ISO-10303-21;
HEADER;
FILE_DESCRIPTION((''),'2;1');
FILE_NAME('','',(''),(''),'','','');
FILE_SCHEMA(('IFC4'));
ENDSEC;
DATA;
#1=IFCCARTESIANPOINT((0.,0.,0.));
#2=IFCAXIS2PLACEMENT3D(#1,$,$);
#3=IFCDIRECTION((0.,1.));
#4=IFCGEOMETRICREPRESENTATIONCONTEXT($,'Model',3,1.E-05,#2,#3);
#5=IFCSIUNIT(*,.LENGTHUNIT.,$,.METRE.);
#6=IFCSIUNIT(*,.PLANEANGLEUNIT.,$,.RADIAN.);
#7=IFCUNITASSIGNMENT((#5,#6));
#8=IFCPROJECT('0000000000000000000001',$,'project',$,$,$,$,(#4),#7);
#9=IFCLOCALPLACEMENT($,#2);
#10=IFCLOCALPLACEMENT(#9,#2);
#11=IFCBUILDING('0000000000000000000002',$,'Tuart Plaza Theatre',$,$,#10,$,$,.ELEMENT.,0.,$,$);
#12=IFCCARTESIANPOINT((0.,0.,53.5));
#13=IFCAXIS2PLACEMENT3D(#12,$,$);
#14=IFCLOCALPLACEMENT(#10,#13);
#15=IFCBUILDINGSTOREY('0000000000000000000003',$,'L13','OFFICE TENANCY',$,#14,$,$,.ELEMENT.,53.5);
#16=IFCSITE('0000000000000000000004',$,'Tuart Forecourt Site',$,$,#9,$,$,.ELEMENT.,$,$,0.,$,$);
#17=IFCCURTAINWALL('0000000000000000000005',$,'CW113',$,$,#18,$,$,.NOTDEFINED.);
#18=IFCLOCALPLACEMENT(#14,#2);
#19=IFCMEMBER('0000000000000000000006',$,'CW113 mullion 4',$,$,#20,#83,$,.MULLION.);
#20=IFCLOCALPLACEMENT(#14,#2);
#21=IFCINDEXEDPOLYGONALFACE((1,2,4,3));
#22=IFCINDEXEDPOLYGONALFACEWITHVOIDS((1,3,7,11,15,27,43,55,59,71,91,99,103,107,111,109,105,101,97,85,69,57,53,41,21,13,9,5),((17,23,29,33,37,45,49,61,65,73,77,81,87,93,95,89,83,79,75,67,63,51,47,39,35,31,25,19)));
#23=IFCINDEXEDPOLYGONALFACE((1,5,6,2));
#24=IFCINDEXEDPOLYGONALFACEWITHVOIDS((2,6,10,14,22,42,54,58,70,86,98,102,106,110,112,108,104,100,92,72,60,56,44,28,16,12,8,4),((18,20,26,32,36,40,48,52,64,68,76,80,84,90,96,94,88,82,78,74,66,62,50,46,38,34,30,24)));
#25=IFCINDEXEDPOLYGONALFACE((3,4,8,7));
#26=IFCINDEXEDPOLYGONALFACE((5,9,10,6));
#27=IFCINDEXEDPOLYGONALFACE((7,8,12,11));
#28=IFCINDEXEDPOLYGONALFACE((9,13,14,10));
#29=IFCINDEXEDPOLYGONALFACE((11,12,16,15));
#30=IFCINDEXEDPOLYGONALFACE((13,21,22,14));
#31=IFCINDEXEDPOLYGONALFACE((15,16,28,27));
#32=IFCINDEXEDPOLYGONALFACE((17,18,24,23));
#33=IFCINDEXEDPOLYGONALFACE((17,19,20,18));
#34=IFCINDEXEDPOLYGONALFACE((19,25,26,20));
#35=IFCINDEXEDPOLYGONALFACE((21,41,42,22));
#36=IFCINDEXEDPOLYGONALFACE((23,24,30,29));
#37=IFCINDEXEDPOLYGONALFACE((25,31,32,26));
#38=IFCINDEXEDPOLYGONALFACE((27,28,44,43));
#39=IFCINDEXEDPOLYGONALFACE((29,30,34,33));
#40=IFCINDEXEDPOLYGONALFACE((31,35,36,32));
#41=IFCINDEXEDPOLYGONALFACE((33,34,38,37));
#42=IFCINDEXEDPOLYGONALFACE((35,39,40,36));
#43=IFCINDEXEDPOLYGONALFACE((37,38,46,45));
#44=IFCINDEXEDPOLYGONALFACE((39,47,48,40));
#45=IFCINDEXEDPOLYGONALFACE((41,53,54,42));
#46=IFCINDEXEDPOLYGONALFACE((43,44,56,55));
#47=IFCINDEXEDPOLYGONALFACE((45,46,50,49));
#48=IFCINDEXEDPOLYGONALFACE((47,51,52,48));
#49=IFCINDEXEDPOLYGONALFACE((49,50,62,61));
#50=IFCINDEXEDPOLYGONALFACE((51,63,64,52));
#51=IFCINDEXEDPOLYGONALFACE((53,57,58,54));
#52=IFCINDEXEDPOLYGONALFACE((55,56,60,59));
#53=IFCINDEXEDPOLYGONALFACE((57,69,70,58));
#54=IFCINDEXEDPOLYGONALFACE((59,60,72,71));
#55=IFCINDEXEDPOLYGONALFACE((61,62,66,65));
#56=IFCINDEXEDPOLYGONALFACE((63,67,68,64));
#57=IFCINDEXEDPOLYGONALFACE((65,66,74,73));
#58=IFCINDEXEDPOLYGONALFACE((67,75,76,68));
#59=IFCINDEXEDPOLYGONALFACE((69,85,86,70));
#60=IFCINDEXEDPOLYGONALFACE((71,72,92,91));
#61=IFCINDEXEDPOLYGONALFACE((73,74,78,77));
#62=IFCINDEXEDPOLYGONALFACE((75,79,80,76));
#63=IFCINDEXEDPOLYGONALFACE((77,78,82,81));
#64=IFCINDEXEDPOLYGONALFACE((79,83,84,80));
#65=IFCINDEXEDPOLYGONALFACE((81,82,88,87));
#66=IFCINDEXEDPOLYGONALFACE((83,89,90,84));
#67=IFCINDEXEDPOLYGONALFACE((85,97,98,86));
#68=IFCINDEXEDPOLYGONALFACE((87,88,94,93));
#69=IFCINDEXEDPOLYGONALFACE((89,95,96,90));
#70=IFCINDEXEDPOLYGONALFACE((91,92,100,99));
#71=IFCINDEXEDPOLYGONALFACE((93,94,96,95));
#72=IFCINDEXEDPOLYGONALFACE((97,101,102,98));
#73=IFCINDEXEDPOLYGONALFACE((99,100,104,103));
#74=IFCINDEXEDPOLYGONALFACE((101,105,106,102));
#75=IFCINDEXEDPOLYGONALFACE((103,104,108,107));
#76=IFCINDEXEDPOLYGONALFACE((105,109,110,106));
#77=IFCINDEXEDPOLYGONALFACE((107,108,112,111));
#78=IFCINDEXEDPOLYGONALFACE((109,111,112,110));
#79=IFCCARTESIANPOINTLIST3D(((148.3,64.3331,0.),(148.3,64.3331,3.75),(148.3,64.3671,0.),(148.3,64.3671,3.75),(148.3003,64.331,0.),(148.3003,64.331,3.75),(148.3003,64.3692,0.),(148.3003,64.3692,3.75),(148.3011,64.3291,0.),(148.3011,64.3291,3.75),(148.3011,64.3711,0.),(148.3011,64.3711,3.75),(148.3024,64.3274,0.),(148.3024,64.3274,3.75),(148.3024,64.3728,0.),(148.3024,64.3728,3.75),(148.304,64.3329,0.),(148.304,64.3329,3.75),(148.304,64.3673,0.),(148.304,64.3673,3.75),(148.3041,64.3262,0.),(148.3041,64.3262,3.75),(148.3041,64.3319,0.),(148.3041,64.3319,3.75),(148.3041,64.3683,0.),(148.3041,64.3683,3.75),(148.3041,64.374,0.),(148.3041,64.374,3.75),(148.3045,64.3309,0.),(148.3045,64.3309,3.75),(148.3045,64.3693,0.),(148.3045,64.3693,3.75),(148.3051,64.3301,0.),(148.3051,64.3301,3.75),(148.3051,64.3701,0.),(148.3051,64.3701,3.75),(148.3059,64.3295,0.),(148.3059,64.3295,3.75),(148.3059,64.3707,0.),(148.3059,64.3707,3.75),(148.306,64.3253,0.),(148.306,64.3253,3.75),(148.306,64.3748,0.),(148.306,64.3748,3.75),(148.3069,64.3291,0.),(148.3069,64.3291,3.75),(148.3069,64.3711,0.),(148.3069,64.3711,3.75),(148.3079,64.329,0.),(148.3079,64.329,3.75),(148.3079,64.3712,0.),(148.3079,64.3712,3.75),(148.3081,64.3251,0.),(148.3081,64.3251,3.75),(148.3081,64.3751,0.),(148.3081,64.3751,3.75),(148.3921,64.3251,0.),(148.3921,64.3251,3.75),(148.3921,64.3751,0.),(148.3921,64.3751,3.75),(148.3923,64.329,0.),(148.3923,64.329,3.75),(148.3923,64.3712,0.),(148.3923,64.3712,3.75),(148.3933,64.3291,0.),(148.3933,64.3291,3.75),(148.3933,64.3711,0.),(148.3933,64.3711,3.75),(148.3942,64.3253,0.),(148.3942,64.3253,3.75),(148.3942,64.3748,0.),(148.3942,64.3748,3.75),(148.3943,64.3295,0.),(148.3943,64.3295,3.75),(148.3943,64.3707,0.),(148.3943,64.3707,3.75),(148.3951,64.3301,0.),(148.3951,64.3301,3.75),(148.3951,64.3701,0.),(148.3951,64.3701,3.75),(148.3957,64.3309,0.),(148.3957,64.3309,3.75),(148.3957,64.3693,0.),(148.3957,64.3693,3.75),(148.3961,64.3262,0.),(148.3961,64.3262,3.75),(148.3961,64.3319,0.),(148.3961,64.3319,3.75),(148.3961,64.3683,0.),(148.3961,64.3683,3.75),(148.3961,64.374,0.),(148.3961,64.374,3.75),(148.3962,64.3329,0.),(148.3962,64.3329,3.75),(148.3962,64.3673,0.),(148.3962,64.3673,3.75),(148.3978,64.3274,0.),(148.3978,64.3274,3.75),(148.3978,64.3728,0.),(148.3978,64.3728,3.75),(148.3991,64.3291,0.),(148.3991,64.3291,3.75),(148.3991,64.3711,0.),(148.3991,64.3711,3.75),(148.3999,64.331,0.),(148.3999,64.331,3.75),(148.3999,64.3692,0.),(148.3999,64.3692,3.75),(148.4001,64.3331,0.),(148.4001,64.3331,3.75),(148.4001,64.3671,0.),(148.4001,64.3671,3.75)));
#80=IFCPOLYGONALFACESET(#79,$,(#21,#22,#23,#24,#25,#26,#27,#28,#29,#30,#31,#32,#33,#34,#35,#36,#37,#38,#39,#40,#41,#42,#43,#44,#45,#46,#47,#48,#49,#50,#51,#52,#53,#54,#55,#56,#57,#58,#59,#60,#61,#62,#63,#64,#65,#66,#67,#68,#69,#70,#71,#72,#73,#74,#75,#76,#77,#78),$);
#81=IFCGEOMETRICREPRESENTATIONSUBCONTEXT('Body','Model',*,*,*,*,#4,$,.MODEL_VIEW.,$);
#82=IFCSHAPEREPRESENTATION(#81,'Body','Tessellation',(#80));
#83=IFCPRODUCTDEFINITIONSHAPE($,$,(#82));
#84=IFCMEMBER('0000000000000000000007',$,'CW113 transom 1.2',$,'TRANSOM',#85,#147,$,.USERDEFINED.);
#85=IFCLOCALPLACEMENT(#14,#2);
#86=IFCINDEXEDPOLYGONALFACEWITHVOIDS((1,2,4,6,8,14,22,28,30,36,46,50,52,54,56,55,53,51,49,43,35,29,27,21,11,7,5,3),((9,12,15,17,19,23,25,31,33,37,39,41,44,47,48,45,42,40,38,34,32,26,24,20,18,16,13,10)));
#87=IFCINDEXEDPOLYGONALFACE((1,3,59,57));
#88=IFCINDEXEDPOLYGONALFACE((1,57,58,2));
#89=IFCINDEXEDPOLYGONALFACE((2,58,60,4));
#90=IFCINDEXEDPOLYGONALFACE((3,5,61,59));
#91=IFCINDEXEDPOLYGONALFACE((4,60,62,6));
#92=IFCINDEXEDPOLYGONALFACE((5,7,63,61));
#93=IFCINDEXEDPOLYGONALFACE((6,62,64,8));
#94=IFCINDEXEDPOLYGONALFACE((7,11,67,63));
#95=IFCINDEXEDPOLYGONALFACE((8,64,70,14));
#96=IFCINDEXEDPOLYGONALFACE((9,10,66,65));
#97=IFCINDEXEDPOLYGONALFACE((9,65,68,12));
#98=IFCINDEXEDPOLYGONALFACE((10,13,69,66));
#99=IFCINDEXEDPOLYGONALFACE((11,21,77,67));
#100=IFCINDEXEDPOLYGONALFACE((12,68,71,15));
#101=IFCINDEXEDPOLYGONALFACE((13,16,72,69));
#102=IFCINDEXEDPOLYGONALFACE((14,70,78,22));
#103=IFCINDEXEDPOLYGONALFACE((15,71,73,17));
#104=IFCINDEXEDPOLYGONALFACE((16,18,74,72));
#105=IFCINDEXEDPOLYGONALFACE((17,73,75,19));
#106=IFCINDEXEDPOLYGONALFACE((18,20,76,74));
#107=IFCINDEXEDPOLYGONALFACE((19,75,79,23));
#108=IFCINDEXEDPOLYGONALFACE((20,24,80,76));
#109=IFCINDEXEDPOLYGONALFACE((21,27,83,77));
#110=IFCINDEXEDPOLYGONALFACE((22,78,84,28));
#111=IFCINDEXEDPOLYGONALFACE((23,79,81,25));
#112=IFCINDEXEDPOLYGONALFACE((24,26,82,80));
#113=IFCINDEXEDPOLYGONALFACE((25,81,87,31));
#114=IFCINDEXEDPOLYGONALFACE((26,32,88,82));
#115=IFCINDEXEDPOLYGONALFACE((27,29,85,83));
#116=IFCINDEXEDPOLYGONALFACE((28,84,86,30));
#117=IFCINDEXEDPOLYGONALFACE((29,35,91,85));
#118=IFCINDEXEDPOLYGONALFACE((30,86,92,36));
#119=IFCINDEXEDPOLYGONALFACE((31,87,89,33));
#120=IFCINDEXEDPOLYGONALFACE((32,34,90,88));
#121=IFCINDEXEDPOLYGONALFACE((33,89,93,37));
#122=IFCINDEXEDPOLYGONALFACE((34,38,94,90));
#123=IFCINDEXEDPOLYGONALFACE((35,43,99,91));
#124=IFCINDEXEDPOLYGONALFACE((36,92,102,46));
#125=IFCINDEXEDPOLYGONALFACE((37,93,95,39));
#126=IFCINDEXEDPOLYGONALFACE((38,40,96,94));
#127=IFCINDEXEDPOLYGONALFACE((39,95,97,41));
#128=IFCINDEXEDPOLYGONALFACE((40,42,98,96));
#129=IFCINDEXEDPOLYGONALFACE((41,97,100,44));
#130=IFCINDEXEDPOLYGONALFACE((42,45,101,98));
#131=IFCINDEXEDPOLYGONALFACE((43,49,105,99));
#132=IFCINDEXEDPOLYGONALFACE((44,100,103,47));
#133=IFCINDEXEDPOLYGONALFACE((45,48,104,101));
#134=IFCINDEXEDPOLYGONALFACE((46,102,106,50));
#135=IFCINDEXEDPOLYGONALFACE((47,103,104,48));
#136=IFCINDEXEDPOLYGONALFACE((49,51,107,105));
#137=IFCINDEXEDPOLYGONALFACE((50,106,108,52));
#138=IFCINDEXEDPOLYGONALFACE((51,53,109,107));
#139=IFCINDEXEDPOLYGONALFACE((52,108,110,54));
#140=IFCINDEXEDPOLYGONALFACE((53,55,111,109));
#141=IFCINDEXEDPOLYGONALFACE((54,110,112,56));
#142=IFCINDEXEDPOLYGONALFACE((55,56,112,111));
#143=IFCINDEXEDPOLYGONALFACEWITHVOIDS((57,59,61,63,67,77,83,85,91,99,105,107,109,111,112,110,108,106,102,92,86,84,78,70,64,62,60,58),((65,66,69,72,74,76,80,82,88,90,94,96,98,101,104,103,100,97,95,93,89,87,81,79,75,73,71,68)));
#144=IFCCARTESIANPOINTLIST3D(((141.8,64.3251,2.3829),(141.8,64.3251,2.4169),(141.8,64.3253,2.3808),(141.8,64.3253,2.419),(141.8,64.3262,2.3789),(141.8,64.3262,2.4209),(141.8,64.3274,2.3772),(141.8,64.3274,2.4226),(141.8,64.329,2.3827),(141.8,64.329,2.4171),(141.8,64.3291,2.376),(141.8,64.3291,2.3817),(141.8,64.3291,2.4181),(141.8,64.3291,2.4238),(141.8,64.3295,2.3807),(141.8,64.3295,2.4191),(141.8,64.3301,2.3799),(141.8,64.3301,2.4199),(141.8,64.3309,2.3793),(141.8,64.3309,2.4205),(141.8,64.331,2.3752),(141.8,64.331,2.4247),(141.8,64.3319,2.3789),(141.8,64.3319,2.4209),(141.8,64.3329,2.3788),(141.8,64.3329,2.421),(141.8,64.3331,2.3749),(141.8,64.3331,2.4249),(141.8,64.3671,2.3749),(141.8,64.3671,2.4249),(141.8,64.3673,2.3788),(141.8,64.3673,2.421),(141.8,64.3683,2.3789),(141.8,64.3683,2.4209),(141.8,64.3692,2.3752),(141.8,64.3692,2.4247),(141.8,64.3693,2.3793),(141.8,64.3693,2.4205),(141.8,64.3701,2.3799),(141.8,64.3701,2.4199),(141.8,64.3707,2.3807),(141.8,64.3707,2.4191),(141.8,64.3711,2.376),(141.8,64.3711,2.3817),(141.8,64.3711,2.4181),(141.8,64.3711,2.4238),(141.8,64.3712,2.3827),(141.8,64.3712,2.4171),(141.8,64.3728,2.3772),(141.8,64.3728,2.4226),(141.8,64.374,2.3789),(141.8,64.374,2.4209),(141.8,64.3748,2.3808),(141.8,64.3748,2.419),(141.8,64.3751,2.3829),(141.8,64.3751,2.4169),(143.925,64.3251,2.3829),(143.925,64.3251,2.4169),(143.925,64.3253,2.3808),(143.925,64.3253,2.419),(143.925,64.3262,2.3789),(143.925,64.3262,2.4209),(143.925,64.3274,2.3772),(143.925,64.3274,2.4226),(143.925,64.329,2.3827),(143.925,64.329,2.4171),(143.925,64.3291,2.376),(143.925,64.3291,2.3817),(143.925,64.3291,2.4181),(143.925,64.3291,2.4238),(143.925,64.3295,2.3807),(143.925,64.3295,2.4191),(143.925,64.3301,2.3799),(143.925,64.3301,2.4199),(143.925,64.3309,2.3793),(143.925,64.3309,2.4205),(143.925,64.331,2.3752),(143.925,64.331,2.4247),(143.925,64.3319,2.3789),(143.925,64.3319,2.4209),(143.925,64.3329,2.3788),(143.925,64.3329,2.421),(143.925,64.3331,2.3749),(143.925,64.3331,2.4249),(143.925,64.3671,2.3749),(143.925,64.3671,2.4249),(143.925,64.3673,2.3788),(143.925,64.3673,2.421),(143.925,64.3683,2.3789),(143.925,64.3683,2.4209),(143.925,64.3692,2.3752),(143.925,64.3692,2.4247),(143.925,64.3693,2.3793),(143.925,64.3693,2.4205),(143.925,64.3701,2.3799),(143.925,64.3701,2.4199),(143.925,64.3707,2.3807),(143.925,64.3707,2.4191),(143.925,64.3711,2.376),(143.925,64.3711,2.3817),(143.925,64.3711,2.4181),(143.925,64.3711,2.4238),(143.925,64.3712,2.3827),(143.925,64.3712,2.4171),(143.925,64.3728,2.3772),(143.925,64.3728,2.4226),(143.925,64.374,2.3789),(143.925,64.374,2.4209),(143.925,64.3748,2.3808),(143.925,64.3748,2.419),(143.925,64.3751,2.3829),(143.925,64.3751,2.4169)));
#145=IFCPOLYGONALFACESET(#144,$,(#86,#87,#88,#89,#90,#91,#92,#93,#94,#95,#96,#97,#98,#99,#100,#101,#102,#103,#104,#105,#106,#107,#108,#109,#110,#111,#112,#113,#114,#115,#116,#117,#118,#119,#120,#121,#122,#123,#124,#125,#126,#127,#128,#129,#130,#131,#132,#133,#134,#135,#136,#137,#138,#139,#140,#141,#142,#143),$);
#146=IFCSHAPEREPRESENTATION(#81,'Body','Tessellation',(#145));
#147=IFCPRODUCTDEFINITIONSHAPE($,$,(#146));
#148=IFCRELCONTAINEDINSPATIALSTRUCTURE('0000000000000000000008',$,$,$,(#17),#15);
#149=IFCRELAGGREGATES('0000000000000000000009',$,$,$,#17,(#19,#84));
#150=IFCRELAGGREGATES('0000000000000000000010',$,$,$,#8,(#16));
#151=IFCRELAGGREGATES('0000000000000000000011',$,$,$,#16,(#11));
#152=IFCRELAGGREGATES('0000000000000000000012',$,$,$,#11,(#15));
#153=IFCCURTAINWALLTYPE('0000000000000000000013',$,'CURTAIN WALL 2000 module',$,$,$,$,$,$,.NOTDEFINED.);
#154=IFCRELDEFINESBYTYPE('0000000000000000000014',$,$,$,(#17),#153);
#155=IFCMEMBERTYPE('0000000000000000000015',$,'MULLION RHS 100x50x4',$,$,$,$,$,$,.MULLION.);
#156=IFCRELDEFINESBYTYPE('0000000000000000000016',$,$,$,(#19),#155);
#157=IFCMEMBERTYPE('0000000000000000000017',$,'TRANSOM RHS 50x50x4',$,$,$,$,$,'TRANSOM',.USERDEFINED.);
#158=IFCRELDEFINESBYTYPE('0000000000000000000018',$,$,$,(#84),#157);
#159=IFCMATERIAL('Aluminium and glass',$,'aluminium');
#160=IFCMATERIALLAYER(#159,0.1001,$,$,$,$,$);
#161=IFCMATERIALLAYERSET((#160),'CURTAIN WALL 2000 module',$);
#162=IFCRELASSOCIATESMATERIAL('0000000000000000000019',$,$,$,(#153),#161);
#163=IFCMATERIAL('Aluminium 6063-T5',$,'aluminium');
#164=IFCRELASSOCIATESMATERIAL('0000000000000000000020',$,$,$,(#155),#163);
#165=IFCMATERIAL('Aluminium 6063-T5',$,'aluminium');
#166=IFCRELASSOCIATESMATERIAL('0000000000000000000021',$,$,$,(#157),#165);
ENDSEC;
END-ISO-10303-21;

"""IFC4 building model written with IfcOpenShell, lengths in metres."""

from ifc_helpers import new_model, si_unit, direction, frame, origin, origin_2d, place, context, subcontext, project, spatial, hollow_rectangle, extrude, material, layer, layer_set, material_profile, profile_set, type_object, element, aggregate, save


model = new_model("IFC4")

# Units and contexts
model_context = context("Model", 3, precision=1e-05, world=origin(), true_north=direction((0.0, 1.0)))
body_context = subcontext(model_context, "Body", "Model", "MODEL_VIEW")
ifc_project = project(units=[si_unit("LENGTHUNIT", "METRE"), si_unit("PLANEANGLEUNIT", "RADIAN")], contexts=[model_context])

# Site, building, storey
site_placement = place(None, origin())
site = spatial("IfcSite", under=ifc_project, at=site_placement, Name="Tuart Forecourt Site", CompositionType="ELEMENT", RefElevation=0.0)
building_placement = place(site_placement, origin())
building = spatial("IfcBuilding", under=site, at=building_placement, Name="Tuart Plaza Theatre", CompositionType="ELEMENT", ElevationOfRefHeight=0.0)
storey_placement = place(building_placement, frame((0.0, 0.0, 53.5)))
storey = spatial("IfcBuildingStorey", under=building, at=storey_placement, Name="L13", Description="OFFICE TENANCY", CompositionType="ELEMENT", Elevation=53.5)

# Curtain wall, members
ifc_material_1 = material(Name="Aluminium and glass", Category="aluminium")
ifc_layer_1 = layer(ifc_material_1, 0.1001)
ifc_layer_set_1 = layer_set([ifc_layer_1], Name="CURTAIN WALL 2000 module")
curtain_wall_type = type_object("IfcCurtainWallType", Name="CURTAIN WALL 2000 module", PredefinedType="NOTDEFINED", material=ifc_layer_set_1)
curtain_wall_placement = place(storey_placement, origin())
curtain_wall = element("IfcCurtainWall", 1, at=curtain_wall_placement, inside=storey, type_object=curtain_wall_type, Name="CW113", PredefinedType="NOTDEFINED")
ifc_material_2 = material(Name="Aluminium 6063-T5", Category="aluminium")
ifc_material_profile_1 = material_profile(ifc_material_2, hollow_rectangle(XDim=0.05, YDim=0.1001, WallThickness=0.0039, InnerFilletRadius=0.0039, OuterFilletRadius=0.0081, at=origin_2d()), Name="RHS 100x50x4")
ifc_profile_set_1 = profile_set([ifc_material_profile_1], Name="Aluminium 6063-T5")
member_type_1 = type_object("IfcMemberType", Name="MULLION RHS 100x50x4", PredefinedType="MULLION", material=ifc_profile_set_1)
member_1_placement = place(storey_placement, frame((148.3501, 64.3501, 0.0), z_axis=(0.0, 0.0, 1.0), x_axis=(0.0, 1.0, 0.0)))
member_1 = element("IfcMember", 2, at=member_1_placement, type_object=member_type_1, Name="CW113 mullion 4", PredefinedType="MULLION", context=body_context, shape_type="SweptSolid", body=[
    extrude(hollow_rectangle(XDim=0.05, YDim=0.1001, WallThickness=0.0039, InnerFilletRadius=0.0039, OuterFilletRadius=0.0081, at=origin_2d()), origin(), (0.0, 0.0, 1.0), 3.75),
])
ifc_material_3 = material(Name="Aluminium 6063-T5", Category="aluminium")
ifc_material_profile_2 = material_profile(ifc_material_3, hollow_rectangle(XDim=0.05, YDim=0.05, WallThickness=0.0039, InnerFilletRadius=0.0039, OuterFilletRadius=0.0081, at=origin_2d()), Name="RHS 50x50x4")
ifc_profile_set_2 = profile_set([ifc_material_profile_2], Name="Aluminium 6063-T5")
member_type_2 = type_object("IfcMemberType", Name="TRANSOM RHS 50x50x4", ElementType="TRANSOM", PredefinedType="USERDEFINED", material=ifc_profile_set_2)
member_2_placement = place(storey_placement, frame((141.8, 64.3501, 2.3999), z_axis=(1.0, 0.0, 0.0), x_axis=(0.0, 1.0, 0.0)))
member_2 = element("IfcMember", 3, at=member_2_placement, type_object=member_type_2, Name="CW113 transom 1.2", ObjectType="TRANSOM", PredefinedType="USERDEFINED", context=body_context, shape_type="SweptSolid", body=[
    extrude(hollow_rectangle(XDim=0.05, YDim=0.05, WallThickness=0.0039, InnerFilletRadius=0.0039, OuterFilletRadius=0.0081, at=origin_2d()), origin(), (0.0, 0.0, 1.0), 2.125),
])
aggregate(curtain_wall, [member_1, member_2])

save(model, "model.ifc")
